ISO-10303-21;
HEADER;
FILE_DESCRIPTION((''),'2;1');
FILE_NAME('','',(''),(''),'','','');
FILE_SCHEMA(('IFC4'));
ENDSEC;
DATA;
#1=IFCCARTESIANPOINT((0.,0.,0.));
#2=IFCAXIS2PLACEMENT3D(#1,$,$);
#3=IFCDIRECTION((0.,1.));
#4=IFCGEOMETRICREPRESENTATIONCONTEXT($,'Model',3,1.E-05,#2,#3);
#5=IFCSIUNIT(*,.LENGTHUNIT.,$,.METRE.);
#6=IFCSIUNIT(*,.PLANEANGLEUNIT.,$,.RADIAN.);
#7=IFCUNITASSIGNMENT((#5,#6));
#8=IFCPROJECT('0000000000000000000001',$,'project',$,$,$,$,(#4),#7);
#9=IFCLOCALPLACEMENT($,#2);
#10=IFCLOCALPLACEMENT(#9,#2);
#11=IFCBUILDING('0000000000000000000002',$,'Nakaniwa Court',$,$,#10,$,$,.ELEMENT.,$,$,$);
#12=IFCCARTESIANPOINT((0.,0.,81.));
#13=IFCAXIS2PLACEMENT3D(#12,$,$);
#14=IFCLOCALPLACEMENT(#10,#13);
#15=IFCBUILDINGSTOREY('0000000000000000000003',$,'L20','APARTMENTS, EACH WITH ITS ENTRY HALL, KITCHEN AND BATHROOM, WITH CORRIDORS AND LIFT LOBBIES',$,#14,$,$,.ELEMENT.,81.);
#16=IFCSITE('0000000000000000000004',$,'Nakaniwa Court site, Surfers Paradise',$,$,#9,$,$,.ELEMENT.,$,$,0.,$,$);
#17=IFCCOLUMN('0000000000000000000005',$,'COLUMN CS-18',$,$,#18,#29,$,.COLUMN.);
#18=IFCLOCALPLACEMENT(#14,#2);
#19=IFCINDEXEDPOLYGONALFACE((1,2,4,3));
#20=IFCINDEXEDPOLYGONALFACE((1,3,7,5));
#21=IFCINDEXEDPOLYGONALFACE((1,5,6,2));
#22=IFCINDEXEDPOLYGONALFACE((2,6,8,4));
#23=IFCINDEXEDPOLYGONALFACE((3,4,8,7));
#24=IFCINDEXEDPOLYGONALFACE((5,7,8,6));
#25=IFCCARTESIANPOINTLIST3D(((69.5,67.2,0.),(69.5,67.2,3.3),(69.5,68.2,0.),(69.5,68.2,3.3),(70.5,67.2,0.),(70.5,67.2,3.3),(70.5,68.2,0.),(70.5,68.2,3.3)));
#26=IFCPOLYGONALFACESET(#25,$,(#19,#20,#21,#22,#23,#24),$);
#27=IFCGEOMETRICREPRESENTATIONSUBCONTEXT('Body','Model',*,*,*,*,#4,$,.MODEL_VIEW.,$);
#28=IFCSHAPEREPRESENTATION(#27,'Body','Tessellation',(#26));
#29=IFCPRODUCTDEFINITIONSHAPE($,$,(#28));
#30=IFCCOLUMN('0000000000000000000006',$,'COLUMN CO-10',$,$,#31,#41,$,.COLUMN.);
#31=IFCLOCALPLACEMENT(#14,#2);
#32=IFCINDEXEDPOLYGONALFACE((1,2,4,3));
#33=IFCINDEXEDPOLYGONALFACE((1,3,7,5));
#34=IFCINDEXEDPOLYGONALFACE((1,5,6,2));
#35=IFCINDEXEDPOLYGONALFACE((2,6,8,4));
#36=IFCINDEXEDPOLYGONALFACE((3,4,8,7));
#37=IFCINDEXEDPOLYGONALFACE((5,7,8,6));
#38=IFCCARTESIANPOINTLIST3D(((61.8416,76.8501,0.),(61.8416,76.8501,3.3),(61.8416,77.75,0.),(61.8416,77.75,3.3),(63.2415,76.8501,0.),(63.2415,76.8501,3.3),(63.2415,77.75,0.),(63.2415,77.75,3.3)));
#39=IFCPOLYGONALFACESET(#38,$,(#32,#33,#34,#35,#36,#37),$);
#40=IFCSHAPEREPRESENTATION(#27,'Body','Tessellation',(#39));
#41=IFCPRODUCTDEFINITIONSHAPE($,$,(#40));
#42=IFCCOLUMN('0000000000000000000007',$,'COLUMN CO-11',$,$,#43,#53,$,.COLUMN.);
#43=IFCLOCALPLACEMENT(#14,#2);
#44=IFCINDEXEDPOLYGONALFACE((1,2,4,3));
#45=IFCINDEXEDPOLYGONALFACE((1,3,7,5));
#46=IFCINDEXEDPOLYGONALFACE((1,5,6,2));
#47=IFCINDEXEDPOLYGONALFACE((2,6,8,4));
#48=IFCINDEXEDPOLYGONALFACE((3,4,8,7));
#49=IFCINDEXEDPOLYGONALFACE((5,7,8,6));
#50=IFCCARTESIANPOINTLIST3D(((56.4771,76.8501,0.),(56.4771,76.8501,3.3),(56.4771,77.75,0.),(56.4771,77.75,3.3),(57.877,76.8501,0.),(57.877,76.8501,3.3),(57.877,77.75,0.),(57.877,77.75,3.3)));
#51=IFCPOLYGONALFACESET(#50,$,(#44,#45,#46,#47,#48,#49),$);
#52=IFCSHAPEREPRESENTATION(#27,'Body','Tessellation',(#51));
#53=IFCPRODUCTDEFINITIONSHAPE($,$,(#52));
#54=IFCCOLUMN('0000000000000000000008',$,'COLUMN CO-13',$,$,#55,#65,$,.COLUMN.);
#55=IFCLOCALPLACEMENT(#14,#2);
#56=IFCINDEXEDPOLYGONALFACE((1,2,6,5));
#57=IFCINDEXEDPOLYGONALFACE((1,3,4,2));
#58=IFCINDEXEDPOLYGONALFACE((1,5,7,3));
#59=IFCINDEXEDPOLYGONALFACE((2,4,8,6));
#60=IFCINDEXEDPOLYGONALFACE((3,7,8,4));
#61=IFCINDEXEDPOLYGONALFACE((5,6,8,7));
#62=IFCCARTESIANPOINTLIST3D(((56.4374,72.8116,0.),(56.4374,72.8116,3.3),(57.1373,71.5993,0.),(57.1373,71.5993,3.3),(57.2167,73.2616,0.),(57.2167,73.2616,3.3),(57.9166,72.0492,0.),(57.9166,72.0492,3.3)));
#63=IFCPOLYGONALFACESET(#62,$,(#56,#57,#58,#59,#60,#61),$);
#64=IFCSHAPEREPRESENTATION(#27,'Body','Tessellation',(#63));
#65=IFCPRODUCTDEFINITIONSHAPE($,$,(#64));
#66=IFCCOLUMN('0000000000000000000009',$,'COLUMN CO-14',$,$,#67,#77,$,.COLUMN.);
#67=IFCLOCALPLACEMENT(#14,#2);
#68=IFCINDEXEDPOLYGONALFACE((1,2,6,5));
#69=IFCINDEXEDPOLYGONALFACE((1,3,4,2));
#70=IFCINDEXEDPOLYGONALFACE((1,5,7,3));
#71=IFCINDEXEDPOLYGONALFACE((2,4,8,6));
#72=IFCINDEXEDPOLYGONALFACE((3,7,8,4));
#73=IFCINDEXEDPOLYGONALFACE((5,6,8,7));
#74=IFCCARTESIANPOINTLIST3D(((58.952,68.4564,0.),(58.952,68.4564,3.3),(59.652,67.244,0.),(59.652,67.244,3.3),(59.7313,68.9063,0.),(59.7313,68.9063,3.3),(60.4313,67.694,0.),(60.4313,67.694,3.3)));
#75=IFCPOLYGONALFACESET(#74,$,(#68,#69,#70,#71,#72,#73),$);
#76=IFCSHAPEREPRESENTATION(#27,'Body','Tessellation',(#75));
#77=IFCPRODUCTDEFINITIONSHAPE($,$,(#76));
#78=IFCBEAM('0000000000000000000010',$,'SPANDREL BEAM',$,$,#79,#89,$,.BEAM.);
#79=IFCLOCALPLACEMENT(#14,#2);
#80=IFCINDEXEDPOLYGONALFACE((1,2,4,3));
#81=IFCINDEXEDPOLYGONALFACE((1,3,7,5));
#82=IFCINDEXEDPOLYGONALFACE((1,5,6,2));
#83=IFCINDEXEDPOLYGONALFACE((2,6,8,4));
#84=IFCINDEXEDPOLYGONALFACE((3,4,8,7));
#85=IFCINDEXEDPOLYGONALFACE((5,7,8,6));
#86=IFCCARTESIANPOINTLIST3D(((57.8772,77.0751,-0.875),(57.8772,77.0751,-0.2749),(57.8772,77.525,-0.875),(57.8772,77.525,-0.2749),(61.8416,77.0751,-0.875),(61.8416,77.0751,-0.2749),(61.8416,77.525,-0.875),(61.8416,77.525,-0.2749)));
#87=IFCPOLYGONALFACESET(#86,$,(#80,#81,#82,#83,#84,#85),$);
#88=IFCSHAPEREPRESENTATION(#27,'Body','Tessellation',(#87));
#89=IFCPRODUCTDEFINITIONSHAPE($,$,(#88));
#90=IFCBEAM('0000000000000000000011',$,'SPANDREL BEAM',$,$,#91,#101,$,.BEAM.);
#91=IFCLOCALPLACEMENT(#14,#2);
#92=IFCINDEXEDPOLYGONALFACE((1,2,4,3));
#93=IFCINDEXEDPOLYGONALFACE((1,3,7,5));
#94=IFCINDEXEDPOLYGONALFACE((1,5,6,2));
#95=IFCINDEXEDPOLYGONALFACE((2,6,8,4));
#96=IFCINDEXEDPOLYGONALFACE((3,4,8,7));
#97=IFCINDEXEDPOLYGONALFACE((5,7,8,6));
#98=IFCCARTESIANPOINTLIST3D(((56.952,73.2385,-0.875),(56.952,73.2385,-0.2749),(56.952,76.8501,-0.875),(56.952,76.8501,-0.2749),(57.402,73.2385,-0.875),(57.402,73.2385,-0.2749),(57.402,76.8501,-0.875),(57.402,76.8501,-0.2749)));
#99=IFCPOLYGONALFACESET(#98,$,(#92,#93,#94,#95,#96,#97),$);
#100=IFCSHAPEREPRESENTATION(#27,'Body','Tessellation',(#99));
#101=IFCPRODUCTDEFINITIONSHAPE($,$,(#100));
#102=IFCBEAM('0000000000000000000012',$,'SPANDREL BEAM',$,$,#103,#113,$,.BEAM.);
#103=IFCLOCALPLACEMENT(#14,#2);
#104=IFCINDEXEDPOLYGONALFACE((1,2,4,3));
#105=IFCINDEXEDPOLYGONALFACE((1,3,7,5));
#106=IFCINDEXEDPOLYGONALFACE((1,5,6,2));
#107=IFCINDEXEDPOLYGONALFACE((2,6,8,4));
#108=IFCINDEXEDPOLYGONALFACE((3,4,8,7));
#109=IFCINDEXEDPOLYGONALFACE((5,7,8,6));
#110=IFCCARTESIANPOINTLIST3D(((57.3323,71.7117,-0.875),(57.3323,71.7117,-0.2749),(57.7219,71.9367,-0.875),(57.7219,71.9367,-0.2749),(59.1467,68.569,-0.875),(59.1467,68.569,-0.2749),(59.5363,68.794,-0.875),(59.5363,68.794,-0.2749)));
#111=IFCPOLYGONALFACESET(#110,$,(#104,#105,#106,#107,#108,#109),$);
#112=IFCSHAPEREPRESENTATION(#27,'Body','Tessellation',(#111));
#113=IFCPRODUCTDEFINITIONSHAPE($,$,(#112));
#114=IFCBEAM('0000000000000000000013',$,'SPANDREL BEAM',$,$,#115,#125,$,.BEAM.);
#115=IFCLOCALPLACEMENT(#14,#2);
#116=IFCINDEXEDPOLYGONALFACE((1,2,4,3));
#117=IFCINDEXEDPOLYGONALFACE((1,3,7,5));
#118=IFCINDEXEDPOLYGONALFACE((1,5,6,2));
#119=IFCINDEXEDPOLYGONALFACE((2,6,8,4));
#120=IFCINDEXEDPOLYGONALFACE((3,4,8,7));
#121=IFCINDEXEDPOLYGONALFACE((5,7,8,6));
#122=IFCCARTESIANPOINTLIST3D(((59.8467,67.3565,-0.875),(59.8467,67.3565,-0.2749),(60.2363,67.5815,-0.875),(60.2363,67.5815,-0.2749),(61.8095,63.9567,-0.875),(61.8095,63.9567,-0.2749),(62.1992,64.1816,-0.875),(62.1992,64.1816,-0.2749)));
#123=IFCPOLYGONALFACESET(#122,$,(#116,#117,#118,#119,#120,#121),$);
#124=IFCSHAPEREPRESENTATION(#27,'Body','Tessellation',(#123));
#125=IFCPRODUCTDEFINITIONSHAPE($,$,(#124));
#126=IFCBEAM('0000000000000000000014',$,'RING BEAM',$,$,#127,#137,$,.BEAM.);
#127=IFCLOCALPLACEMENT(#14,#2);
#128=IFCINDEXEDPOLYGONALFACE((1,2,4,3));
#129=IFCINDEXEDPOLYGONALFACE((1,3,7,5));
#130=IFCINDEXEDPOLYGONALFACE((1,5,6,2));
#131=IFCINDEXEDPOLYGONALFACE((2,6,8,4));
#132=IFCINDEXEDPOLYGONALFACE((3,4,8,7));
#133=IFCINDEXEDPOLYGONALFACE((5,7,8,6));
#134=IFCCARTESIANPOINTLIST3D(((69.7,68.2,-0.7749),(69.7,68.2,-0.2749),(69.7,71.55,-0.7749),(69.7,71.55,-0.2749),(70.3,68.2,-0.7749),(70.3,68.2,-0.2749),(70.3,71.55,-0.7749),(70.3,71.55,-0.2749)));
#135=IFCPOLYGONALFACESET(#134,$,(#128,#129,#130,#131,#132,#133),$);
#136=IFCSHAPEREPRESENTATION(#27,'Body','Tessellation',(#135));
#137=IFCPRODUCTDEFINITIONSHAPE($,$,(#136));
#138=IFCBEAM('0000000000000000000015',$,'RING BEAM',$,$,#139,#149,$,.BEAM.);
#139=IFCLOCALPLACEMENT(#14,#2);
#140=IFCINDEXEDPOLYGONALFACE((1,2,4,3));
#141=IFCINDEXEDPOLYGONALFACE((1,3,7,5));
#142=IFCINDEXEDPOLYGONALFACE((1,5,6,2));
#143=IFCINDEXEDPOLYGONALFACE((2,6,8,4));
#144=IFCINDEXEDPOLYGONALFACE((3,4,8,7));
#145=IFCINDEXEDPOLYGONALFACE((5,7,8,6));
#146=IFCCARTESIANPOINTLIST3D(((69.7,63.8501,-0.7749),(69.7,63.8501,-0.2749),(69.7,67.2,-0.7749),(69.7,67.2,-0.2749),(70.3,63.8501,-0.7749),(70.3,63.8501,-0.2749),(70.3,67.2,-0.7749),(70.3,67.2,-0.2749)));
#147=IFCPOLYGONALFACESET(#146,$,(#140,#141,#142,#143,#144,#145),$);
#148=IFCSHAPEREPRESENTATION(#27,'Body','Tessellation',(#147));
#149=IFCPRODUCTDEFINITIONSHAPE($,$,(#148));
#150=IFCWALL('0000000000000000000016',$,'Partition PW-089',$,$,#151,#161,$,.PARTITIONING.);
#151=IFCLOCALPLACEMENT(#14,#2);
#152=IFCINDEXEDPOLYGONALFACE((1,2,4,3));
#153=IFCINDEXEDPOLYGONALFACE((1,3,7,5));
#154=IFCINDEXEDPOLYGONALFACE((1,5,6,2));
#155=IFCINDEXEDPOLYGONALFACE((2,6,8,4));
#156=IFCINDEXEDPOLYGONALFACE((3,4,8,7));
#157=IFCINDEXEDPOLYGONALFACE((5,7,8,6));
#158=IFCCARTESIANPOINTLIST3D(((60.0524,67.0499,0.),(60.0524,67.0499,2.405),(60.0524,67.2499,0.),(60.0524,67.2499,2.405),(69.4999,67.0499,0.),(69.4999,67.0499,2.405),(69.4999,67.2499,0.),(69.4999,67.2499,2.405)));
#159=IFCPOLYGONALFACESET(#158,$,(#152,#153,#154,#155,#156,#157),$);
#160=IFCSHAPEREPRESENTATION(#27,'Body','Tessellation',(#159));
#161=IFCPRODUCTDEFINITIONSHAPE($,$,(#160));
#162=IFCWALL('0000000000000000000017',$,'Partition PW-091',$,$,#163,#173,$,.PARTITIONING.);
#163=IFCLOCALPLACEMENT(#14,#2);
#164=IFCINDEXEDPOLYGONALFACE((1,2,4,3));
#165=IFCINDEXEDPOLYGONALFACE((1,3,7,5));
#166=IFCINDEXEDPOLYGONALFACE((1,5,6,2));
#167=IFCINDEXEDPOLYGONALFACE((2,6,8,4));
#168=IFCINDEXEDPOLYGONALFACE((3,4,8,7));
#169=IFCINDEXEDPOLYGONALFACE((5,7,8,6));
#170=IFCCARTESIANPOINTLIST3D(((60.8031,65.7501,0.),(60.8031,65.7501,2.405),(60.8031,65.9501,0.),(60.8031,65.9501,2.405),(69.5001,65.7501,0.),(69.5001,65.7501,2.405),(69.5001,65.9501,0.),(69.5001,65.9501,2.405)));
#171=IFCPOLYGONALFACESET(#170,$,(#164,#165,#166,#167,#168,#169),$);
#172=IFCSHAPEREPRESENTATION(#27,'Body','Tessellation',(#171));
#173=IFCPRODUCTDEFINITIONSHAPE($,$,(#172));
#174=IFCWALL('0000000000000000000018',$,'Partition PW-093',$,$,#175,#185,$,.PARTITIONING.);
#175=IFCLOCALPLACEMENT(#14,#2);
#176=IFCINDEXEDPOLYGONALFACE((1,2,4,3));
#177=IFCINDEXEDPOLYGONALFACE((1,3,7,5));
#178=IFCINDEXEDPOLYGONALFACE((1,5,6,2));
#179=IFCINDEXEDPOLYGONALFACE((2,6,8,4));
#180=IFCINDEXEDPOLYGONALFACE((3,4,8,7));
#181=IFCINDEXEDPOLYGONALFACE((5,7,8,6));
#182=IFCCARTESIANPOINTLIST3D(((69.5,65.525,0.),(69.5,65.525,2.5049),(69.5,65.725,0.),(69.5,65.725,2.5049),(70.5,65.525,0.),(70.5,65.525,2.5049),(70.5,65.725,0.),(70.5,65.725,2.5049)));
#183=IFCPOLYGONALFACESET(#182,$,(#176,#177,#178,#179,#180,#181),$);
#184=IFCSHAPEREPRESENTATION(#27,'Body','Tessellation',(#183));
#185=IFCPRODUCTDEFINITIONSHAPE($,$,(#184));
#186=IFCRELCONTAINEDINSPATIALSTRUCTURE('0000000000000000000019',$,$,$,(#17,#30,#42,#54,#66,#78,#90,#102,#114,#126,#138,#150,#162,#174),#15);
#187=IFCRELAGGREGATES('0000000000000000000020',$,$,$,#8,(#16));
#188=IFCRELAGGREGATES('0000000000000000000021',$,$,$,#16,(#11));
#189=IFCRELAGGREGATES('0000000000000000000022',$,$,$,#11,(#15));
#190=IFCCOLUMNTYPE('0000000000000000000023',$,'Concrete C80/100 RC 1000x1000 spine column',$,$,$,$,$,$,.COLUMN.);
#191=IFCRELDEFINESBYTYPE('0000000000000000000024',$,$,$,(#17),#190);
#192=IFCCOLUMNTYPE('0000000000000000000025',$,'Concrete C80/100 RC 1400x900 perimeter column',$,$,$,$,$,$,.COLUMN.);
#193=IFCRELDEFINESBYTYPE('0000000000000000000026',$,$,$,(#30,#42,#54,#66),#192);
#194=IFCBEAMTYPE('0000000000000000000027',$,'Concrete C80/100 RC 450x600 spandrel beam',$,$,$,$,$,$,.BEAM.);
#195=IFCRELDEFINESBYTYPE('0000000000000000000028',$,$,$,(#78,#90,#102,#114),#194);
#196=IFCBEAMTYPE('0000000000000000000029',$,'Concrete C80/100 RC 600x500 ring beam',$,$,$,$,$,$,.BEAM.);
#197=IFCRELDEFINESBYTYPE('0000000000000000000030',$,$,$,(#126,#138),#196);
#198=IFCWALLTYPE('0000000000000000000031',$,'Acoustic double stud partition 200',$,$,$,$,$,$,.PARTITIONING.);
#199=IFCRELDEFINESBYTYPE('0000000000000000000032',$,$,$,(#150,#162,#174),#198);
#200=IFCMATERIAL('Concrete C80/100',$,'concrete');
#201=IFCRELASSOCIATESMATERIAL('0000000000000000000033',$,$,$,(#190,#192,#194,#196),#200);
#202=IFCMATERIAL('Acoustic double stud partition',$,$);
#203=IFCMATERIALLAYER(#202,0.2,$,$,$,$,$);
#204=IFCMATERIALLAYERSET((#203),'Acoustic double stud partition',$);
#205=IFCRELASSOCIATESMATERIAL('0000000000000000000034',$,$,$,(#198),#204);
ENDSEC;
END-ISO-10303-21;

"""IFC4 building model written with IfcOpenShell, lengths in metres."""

from ifc_helpers import new_model, si_unit, direction, frame, frame_2d, origin, origin_2d, place, context, subcontext, project, spatial, rectangle, extrude, material, layer, layer_set, material_profile, profile_set, type_object, element, save


model = new_model("IFC4")

# Units and contexts
model_context = context("Model", 3, precision=1e-05, world=origin(), true_north=direction((0.0, 1.0)))
body_context = subcontext(model_context, "Body", "Model", "MODEL_VIEW")
ifc_project = project(units=[si_unit("LENGTHUNIT", "METRE"), si_unit("PLANEANGLEUNIT", "RADIAN")], contexts=[model_context])

# Site, building, storey
site_placement = place(None, origin())
site = spatial("IfcSite", under=ifc_project, at=site_placement, Name="Nakaniwa Court site, Surfers Paradise", CompositionType="ELEMENT", RefElevation=0.0)
building_placement = place(site_placement, origin())
building = spatial("IfcBuilding", under=site, at=building_placement, Name="Nakaniwa Court", CompositionType="ELEMENT")
storey_placement = place(building_placement, frame((0.0, 0.0, 81.0)))
storey = spatial("IfcBuildingStorey", under=building, at=storey_placement, Name="L20", Description="APARTMENTS, EACH WITH ITS ENTRY HALL, KITCHEN AND BATHROOM, WITH CORRIDORS AND LIFT LOBBIES", CompositionType="ELEMENT", Elevation=81.0)

# Columns
ifc_material_1 = material(Name="Concrete C80/100", Category="concrete")
ifc_material_profile_1 = material_profile(ifc_material_1, rectangle(XDim=1.0, YDim=1.0, at=origin_2d()), Name="Concrete C80/100 RC 1000x1000 spine column")
ifc_profile_set_1 = profile_set([ifc_material_profile_1], Name="Concrete C80/100")
column_type_1 = type_object("IfcColumnType", Name="Concrete C80/100 RC 1000x1000 spine column", PredefinedType="COLUMN", material=ifc_profile_set_1)
column_placement = place(storey_placement, frame((70.0, 67.7, 0.0), z_axis=(0.0, 0.0, 1.0), x_axis=(0.0, -1.0, 0.0)))
element("IfcColumn", 1, at=column_placement, inside=storey, type_object=column_type_1, Name="COLUMN CS-18", PredefinedType="COLUMN", context=body_context, shape_type="SweptSolid", body=[
    extrude(rectangle(XDim=1.0, YDim=1.0, at=origin_2d()), origin(), (0.0, 0.0, 1.0), 3.3),
])
ifc_material_profile_2 = material_profile(ifc_material_1, rectangle(XDim=1.3999, YDim=0.8999, at=origin_2d()), Name="Concrete C80/100 RC 1400x900 perimeter column")
ifc_profile_set_2 = profile_set([ifc_material_profile_2], Name="Concrete C80/100")
column_type_2 = type_object("IfcColumnType", Name="Concrete C80/100 RC 1400x900 perimeter column", PredefinedType="COLUMN", material=ifc_profile_set_2)
for number, where, z_axis, x_axis, name in (
    (2, (62.5415, 77.3, 0.0), (0.0, 0.0, 1.0), (-1.0, 0.0, 0.0), "COLUMN CO-10"),
    (3, (57.177, 77.3, 0.0), (0.0, 0.0, 1.0), (-1.0, 0.0, 0.0), "COLUMN CO-11"),
    (4, (57.177, 72.4304, 0.0), (0.0, 0.0, 1.0), (0.5, -0.866025, 0.0), "COLUMN CO-13"),
    (5, (59.6917, 68.0752, 0.0), (0.0, 0.0, 1.0), (0.5, -0.866025, 0.0), "COLUMN CO-14"),
):
    element("IfcColumn", number, at=place(storey_placement, frame(where, z_axis=z_axis, x_axis=x_axis)), inside=storey, type_object=column_type_2, Name=name, PredefinedType="COLUMN", context=body_context, shape_type="SweptSolid", body=[
        extrude(rectangle(XDim=1.3999, YDim=0.8999, at=origin_2d()), origin(), (0.0, 0.0, 1.0), 3.3),
    ])

# Beams
ifc_material_profile_3 = material_profile(ifc_material_1, rectangle(XDim=0.45, YDim=0.6001, at=origin_2d()), Name="Concrete C80/100 RC 450x600 spandrel beam")
ifc_profile_set_3 = profile_set([ifc_material_profile_3], Name="Concrete C80/100")
beam_type_1 = type_object("IfcBeamType", Name="Concrete C80/100 RC 450x600 spandrel beam", PredefinedType="BEAM", material=ifc_profile_set_3)
beam_1_placement = place(storey_placement, frame((61.8416, 77.3, -0.575), z_axis=(-1.0, 0.0, 0.0), x_axis=(0.0, -1.0, 0.0)))
element("IfcBeam", 6, at=beam_1_placement, inside=storey, type_object=beam_type_1, Name="SPANDREL BEAM", PredefinedType="BEAM", context=body_context, shape_type="SweptSolid", body=[
    extrude(rectangle(XDim=0.45, YDim=0.6001, at=origin_2d()), origin(), (0.0, 0.0, 1.0), 3.9644),
])
beam_2_placement = place(storey_placement, frame((57.177, 76.8501, -0.575), z_axis=(0.0, -1.0, 0.0), x_axis=(1.0, 0.0, 0.0)))
element("IfcBeam", 7, at=beam_2_placement, inside=storey, type_object=beam_type_1, Name="SPANDREL BEAM", PredefinedType="BEAM", context=body_context, shape_type="SweptSolid", body=[
    extrude(rectangle(XDim=0.45, YDim=0.6001, at=origin_2d()), origin(), (0.0, 0.0, 1.0), 3.6116),
])
beam_3_placement = place(storey_placement, frame((57.5271, 71.8242, -0.575), z_axis=(0.499988, -0.866032, 0.0), x_axis=(0.866032, 0.499988, 0.0)))
element("IfcBeam", 8, at=beam_3_placement, inside=storey, type_object=beam_type_1, Name="SPANDREL BEAM", PredefinedType="BEAM", context=body_context, shape_type="SweptSolid", body=[
    extrude(rectangle(XDim=0.45, YDim=0.6001, at=origin_2d()), origin(), (0.0, 0.0, 1.0), 3.6289),
])
beam_4_placement = place(storey_placement, frame((60.0415, 67.469, -0.575), z_axis=(0.499992, -0.86603, 0.0), x_axis=(0.86603, 0.499992, 0.0)))
element("IfcBeam", 9, at=beam_4_placement, inside=storey, type_object=beam_type_1, Name="SPANDREL BEAM", PredefinedType="BEAM", context=body_context, shape_type="SweptSolid", body=[
    extrude(rectangle(XDim=0.45, YDim=0.6001, at=origin_2d()), origin(), (0.0, 0.0, 1.0), 3.9258),
])
ifc_material_profile_4 = material_profile(ifc_material_1, rectangle(XDim=0.6001, YDim=0.5, at=origin_2d()), Name="Concrete C80/100 RC 600x500 ring beam")
ifc_profile_set_4 = profile_set([ifc_material_profile_4], Name="Concrete C80/100")
beam_type_2 = type_object("IfcBeamType", Name="Concrete C80/100 RC 600x500 ring beam", PredefinedType="BEAM", material=ifc_profile_set_4)
beam_5_placement = place(storey_placement, frame((70.0, 71.55, -0.5249), z_axis=(0.0, -1.0, 0.0), x_axis=(1.0, 0.0, 0.0)))
element("IfcBeam", 10, at=beam_5_placement, inside=storey, type_object=beam_type_2, Name="RING BEAM", PredefinedType="BEAM", context=body_context, shape_type="SweptSolid", body=[
    extrude(rectangle(XDim=0.6001, YDim=0.5, at=origin_2d()), origin(), (0.0, 0.0, 1.0), 3.3501),
])
beam_6_placement = place(storey_placement, frame((70.0, 67.2, -0.5249), z_axis=(0.0, -1.0, 0.0), x_axis=(1.0, 0.0, 0.0)))
element("IfcBeam", 11, at=beam_6_placement, inside=storey, type_object=beam_type_2, Name="RING BEAM", PredefinedType="BEAM", context=body_context, shape_type="SweptSolid", body=[
    extrude(rectangle(XDim=0.6001, YDim=0.5, at=origin_2d()), origin(), (0.0, 0.0, 1.0), 3.3499),
])

# Walls
ifc_material_2 = material(Name="Acoustic double stud partition")
ifc_layer_1 = layer(ifc_material_2, 0.2)
ifc_layer_set_1 = layer_set([ifc_layer_1], Name="Acoustic double stud partition")
wall_type_1 = type_object("IfcWallType", Name="Acoustic double stud partition 200", PredefinedType="PARTITIONING", material=ifc_layer_set_1)
wall_1_placement = place(storey_placement, frame((60.0525, 67.1499, 0.0), z_axis=(0.0, 0.0, 1.0), x_axis=(1.0, 0.0, 0.0)))
element("IfcWall", 12, at=wall_1_placement, inside=storey, type_object=wall_type_1, Name="Partition PW-089", PredefinedType="PARTITIONING", context=body_context, shape_type="SweptSolid", body=[
    extrude(rectangle(XDim=9.4475, YDim=0.2, at=frame_2d((4.7236, 0.0))), origin(), (0.0, 0.0, 1.0), 2.405),
])
wall_2_placement = place(storey_placement, frame((60.803, 65.8501, 0.0), z_axis=(0.0, 0.0, 1.0), x_axis=(1.0, 0.0, 0.0)))
element("IfcWall", 13, at=wall_2_placement, inside=storey, type_object=wall_type_1, Name="Partition PW-091", PredefinedType="PARTITIONING", context=body_context, shape_type="SweptSolid", body=[
    extrude(rectangle(XDim=8.697, YDim=0.2, at=frame_2d((4.3486, 0.0))), origin(), (0.0, 0.0, 1.0), 2.405),
])
wall_3_placement = place(storey_placement, frame((69.5, 65.625, 0.0), z_axis=(0.0, 0.0, 1.0), x_axis=(1.0, 0.0, 0.0)))
element("IfcWall", 14, at=wall_3_placement, inside=storey, type_object=wall_type_1, Name="Partition PW-093", PredefinedType="PARTITIONING", context=body_context, shape_type="SweptSolid", body=[
    extrude(rectangle(XDim=1.0, YDim=0.2, at=frame_2d((0.5, 0.0))), origin(), (0.0, 0.0, 1.0), 2.5049),
])

save(model, "model.ifc")
